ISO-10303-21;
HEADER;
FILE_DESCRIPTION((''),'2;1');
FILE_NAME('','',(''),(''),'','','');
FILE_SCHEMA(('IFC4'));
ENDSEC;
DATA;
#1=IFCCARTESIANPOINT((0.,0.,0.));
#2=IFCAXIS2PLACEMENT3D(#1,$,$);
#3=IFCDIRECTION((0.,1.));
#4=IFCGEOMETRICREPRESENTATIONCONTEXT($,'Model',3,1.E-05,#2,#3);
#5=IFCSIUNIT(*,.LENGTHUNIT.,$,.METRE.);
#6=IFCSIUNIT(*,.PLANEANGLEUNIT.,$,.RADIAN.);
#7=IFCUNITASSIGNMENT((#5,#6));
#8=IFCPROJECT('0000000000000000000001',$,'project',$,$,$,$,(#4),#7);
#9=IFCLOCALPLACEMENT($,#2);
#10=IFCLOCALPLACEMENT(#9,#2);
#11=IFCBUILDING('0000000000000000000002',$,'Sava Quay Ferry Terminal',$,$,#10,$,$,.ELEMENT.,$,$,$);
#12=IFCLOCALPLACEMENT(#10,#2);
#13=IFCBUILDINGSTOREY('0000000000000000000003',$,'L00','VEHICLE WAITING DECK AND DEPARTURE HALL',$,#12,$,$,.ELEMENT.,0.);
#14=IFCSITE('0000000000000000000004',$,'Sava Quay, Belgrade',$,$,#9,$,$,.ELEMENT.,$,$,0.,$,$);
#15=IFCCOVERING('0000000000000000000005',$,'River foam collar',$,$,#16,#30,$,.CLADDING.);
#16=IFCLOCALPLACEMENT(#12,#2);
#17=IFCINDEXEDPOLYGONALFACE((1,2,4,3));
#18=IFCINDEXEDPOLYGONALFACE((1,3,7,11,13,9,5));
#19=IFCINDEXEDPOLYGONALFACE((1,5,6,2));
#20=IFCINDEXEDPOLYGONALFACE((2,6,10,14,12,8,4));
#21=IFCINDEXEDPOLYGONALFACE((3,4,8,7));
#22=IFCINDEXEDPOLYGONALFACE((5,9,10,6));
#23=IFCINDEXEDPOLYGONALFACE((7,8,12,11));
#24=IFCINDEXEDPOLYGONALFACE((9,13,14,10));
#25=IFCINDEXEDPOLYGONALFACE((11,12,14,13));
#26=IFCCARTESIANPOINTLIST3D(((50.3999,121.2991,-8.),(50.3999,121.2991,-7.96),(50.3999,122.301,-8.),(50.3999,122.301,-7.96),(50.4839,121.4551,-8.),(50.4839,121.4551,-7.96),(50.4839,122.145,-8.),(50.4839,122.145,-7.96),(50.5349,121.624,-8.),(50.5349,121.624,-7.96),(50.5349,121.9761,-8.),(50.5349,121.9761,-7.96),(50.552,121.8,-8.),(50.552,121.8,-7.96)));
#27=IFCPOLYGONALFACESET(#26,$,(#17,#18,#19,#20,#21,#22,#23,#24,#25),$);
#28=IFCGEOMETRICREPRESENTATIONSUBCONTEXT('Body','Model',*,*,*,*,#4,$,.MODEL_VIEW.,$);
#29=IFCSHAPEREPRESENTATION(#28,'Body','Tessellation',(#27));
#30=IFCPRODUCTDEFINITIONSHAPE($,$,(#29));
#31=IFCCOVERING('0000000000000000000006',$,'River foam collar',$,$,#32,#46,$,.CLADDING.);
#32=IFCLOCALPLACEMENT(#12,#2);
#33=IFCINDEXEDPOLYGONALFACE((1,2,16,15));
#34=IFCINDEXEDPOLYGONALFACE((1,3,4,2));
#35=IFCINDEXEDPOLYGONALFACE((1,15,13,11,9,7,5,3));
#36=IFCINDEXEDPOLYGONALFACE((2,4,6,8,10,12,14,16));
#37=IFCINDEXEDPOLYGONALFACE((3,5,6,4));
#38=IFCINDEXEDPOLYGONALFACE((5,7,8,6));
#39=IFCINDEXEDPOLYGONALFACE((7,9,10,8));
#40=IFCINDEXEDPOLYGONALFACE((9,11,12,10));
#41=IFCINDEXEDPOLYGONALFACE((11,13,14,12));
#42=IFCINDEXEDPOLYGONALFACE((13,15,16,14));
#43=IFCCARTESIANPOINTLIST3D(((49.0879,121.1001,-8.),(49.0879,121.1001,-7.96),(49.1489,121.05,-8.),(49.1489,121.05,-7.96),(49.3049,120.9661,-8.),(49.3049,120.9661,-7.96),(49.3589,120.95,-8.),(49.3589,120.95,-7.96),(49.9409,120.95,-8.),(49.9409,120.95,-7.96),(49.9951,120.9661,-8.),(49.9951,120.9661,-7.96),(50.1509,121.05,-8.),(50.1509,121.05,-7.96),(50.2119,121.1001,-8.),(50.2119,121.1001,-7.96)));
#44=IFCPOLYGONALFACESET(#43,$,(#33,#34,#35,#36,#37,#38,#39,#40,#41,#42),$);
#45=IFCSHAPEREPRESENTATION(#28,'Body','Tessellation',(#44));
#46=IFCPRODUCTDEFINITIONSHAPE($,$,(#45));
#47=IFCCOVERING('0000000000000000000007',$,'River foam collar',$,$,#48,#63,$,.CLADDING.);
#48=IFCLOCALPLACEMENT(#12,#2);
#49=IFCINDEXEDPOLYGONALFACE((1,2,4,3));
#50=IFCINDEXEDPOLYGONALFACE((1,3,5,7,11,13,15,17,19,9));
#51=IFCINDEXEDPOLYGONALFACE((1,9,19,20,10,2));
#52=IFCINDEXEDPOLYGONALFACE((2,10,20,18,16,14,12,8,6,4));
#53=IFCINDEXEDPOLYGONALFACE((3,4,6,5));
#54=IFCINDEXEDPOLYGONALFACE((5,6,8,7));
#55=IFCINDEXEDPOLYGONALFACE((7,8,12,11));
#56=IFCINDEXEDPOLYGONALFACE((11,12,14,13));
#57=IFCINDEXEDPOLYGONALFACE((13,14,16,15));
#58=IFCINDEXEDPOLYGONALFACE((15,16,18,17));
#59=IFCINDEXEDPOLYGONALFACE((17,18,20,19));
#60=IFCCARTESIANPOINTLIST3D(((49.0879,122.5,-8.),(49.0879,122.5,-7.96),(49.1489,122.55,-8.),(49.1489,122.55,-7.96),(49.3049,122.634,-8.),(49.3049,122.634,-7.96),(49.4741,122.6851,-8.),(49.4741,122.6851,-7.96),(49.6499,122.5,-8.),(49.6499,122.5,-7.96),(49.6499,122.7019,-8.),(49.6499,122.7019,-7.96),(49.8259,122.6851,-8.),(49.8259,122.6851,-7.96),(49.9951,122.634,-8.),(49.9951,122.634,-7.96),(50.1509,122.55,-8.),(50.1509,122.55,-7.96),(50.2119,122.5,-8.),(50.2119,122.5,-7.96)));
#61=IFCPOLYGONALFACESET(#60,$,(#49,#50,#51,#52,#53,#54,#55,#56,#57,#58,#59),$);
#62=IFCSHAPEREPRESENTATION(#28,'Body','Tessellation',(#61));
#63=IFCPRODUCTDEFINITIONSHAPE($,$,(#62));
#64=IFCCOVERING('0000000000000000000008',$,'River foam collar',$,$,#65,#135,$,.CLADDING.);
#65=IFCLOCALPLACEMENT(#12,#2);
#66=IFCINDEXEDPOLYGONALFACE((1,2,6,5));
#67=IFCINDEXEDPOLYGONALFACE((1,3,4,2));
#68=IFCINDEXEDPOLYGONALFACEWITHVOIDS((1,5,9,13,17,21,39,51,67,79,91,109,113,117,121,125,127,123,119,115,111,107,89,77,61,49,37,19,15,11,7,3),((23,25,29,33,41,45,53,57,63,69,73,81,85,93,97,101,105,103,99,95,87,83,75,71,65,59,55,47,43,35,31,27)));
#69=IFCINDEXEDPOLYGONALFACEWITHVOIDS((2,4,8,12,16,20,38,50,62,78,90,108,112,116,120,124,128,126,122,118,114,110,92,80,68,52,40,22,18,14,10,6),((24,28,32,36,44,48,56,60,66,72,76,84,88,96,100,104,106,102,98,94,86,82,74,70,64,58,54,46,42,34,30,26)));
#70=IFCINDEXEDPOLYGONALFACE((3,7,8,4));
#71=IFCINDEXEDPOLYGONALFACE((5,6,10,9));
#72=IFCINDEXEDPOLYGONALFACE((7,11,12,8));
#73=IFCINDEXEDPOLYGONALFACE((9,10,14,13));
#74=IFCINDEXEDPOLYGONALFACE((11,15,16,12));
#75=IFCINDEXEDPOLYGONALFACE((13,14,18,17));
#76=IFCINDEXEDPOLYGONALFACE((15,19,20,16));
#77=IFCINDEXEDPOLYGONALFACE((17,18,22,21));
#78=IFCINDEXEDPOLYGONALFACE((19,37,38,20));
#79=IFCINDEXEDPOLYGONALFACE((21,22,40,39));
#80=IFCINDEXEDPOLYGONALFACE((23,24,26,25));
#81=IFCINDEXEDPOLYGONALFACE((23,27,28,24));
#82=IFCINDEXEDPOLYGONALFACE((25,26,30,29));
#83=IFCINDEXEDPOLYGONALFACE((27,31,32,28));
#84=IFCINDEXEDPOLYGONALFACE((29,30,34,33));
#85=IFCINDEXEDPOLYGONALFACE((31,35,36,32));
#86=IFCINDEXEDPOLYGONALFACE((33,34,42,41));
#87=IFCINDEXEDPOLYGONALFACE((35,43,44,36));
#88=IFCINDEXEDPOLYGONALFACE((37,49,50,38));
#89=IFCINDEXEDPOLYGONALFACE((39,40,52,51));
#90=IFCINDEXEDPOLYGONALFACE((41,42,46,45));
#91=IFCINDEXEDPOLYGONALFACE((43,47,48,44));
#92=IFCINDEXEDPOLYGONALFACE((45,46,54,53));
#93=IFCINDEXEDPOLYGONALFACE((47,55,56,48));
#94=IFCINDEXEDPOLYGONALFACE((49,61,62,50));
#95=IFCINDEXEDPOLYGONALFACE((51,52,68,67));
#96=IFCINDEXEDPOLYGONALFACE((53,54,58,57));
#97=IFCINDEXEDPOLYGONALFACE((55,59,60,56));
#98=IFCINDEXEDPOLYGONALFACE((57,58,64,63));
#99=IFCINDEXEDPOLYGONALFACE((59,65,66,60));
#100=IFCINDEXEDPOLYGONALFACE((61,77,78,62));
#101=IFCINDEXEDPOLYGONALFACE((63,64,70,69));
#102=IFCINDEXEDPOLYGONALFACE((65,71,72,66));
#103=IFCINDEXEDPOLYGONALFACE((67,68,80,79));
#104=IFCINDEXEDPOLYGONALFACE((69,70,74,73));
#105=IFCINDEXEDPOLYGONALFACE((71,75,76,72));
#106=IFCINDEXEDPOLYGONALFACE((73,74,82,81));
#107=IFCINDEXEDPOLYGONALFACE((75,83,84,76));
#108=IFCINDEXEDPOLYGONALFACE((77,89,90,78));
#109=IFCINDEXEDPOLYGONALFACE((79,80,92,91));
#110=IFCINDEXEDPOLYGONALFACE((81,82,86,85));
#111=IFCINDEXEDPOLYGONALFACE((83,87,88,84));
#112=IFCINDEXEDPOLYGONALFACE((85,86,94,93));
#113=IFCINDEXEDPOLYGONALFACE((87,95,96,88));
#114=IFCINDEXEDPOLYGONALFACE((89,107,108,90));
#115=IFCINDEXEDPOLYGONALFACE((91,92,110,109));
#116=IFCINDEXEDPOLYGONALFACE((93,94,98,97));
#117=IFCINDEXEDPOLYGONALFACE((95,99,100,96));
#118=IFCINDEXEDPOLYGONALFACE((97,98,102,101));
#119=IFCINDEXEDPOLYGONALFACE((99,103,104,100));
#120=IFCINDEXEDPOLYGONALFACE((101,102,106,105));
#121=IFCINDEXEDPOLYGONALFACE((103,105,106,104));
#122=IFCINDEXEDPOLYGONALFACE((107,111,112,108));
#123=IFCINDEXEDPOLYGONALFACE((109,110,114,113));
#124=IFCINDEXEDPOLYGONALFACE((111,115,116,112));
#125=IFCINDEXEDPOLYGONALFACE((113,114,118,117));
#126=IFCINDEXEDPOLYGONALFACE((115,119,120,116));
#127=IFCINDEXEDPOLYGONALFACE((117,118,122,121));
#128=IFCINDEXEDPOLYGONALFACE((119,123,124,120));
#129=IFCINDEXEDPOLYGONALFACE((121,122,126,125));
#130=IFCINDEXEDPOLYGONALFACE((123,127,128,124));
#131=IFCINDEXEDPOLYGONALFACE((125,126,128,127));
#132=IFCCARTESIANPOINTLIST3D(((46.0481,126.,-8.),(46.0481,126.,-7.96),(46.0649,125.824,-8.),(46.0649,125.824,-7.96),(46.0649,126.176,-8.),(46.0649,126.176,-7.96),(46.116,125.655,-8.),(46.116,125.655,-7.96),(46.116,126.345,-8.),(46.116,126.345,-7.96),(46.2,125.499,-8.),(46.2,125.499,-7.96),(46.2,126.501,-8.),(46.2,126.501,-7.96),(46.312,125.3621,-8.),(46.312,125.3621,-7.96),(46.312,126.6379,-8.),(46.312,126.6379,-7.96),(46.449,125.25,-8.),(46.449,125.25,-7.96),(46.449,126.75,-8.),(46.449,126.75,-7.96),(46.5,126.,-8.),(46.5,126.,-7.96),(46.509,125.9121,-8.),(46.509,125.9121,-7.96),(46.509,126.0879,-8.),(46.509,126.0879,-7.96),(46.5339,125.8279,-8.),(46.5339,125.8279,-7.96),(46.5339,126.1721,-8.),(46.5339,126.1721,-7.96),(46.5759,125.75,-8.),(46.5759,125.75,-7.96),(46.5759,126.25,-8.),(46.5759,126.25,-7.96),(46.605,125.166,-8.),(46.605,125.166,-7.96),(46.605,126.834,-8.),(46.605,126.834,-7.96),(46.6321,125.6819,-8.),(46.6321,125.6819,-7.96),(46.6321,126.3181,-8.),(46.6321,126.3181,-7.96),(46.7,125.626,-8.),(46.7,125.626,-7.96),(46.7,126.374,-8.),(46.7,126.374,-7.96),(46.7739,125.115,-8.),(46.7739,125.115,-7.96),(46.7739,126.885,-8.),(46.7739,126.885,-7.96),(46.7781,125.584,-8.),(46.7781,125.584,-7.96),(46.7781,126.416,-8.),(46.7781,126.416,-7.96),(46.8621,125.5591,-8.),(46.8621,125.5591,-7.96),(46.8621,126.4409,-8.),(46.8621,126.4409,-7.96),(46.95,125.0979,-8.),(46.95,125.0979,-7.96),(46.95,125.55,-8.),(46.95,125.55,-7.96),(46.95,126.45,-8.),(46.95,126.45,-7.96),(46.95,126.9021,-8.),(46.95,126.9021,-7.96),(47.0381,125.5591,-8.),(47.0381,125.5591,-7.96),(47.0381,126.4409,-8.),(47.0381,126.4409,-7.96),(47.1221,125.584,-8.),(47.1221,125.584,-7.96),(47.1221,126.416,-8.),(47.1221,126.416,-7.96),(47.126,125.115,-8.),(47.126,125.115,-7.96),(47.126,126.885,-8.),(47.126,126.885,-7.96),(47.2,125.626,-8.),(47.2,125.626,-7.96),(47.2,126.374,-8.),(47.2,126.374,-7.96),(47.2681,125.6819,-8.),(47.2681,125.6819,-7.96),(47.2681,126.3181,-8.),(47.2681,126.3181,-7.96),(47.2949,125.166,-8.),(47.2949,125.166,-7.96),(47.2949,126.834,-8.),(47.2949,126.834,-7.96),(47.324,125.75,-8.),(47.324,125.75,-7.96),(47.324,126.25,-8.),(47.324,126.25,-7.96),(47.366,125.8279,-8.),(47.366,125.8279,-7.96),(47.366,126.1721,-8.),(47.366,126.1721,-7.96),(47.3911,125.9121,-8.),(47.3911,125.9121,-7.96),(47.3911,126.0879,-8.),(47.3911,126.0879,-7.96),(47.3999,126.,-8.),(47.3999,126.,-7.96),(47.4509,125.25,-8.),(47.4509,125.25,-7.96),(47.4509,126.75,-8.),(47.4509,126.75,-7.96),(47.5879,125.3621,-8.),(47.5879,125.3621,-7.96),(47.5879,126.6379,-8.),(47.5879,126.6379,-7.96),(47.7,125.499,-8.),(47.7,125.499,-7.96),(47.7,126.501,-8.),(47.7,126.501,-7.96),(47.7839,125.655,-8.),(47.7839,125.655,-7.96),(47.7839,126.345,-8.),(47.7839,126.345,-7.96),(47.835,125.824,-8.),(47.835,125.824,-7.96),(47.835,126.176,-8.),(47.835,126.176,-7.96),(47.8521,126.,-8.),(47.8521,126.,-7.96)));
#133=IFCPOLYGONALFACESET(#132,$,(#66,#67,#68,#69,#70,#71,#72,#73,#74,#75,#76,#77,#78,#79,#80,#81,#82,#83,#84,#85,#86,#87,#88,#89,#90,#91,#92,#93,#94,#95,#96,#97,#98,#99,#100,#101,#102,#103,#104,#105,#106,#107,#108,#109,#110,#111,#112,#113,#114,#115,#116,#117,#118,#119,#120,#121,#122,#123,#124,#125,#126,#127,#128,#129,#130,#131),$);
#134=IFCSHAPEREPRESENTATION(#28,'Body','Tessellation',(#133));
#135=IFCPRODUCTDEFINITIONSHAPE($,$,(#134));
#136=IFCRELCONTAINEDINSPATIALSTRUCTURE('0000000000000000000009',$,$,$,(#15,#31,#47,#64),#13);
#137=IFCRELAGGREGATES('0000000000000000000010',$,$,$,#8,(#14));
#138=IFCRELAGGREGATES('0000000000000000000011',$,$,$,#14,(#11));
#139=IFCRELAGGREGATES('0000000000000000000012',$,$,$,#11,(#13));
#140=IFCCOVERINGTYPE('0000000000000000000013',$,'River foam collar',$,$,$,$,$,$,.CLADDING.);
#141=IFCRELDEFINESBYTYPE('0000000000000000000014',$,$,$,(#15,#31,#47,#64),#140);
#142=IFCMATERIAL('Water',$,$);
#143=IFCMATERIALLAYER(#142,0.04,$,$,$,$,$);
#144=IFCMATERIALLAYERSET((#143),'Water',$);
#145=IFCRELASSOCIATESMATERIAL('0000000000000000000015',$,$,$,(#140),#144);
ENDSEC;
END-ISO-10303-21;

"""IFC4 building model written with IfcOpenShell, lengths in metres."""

from ifc_helpers import new_model, si_unit, direction, frame, origin, place, context, subcontext, project, spatial, polyline, outline, extrude, material, layer, layer_set, type_object, element, save


model = new_model("IFC4")

# Units and contexts
model_context = context("Model", 3, precision=1e-05, world=origin(), true_north=direction((0.0, 1.0)))
body_context = subcontext(model_context, "Body", "Model", "MODEL_VIEW")
ifc_project = project(units=[si_unit("LENGTHUNIT", "METRE"), si_unit("PLANEANGLEUNIT", "RADIAN")], contexts=[model_context])

# Site, building, storey
site_placement = place(None, origin())
site = spatial("IfcSite", under=ifc_project, at=site_placement, Name="Sava Quay, Belgrade", CompositionType="ELEMENT", RefElevation=0.0)
building_placement = place(site_placement, origin())
building = spatial("IfcBuilding", under=site, at=building_placement, Name="Sava Quay Ferry Terminal", CompositionType="ELEMENT")
storey_placement = place(building_placement, origin())
storey = spatial("IfcBuildingStorey", under=building, at=storey_placement, Name="L00", Description="VEHICLE WAITING DECK AND DEPARTURE HALL", CompositionType="ELEMENT", Elevation=0.0)

# Coverings
ifc_material_1 = material(Name="Water")
ifc_layer_1 = layer(ifc_material_1, 0.04)
ifc_layer_set_1 = layer_set([ifc_layer_1], Name="Water")
covering_type_1 = type_object("IfcCoveringType", Name="River foam collar", PredefinedType="CLADDING", material=ifc_layer_set_1)
covering_1_placement = place(storey_placement, frame((0.0, 0.0, -8.0)))
element("IfcCovering", 1, at=covering_1_placement, inside=storey, type_object=covering_type_1, Name="River foam collar", PredefinedType="CLADDING", context=body_context, shape_type="SweptSolid", body=[
    extrude(outline(polyline([(50.5349, 121.624), (50.552, 121.8), (50.5349, 121.9761), (50.4839, 122.145), (50.3999, 122.301), (50.3999, 121.2991), (50.4839, 121.4551), (50.5349, 121.624)])), origin(), (0.0, 0.0, 1.0), 0.04),
])
covering_2_placement = place(storey_placement, frame((0.0, 0.0, -8.0)))
element("IfcCovering", 2, at=covering_2_placement, inside=storey, type_object=covering_type_1, Name="River foam collar", PredefinedType="CLADDING", context=body_context, shape_type="SweptSolid", body=[
    extrude(outline(polyline([(49.0879, 121.1001), (49.1489, 121.05), (49.3049, 120.9661), (49.3589, 120.95), (49.9409, 120.95), (49.9951, 120.9661), (50.1509, 121.05), (50.2119, 121.1001), (49.0879, 121.1001)])), origin(), (0.0, 0.0, 1.0), 0.04),
])
covering_3_placement = place(storey_placement, frame((0.0, 0.0, -8.0)))
element("IfcCovering", 3, at=covering_3_placement, inside=storey, type_object=covering_type_1, Name="River foam collar", PredefinedType="CLADDING", context=body_context, shape_type="SweptSolid", body=[
    extrude(outline(polyline([(50.2119, 122.5), (50.1509, 122.55), (49.9951, 122.634), (49.8259, 122.6851), (49.6499, 122.7019), (49.4741, 122.6851), (49.3049, 122.634), (49.1489, 122.55), (49.0879, 122.5), (49.6499, 122.5), (50.2119, 122.5)])), origin(), (0.0, 0.0, 1.0), 0.04),
])
covering_4_placement = place(storey_placement, frame((0.0, 0.0, -8.0)))
element("IfcCovering", 4, at=covering_4_placement, inside=storey, type_object=covering_type_1, Name="River foam collar", PredefinedType="CLADDING", context=body_context, shape_type="SweptSolid", body=[
    extrude(outline(polyline([(46.449, 125.25), (46.605, 125.166), (46.7739, 125.115), (46.95, 125.0979), (47.126, 125.115), (47.2949, 125.166), (47.4509, 125.25), (47.5879, 125.3621), (47.7, 125.499), (47.7839, 125.655), (47.835, 125.824), (47.8521, 126.0), (47.835, 126.176), (47.7839, 126.345), (47.7, 126.501), (47.5879, 126.6379), (47.4509, 126.75), (47.2949, 126.834), (47.126, 126.885), (46.95, 126.9021), (46.7739, 126.885), (46.605, 126.834), (46.449, 126.75), (46.312, 126.6379), (46.2, 126.501), (46.116, 126.345), (46.0649, 126.176), (46.0481, 126.0), (46.0649, 125.824), (46.116, 125.655), (46.2, 125.499), (46.312, 125.3621), (46.449, 125.25)]), holes=[polyline([(46.7, 126.374), (46.7781, 126.416), (46.8621, 126.4409), (46.95, 126.45), (47.0381, 126.4409), (47.1221, 126.416), (47.2, 126.374), (47.2681, 126.3181), (47.324, 126.25), (47.366, 126.1721), (47.3911, 126.0879), (47.3999, 126.0), (47.3911, 125.9121), (47.366, 125.8279), (47.324, 125.75), (47.2681, 125.6819), (47.2, 125.626), (47.1221, 125.584), (47.0381, 125.5591), (46.95, 125.55), (46.8621, 125.5591), (46.7781, 125.584), (46.7, 125.626), (46.6321, 125.6819), (46.5759, 125.75), (46.5339, 125.8279), (46.509, 125.9121), (46.5, 126.0), (46.509, 126.0879), (46.5339, 126.1721), (46.5759, 126.25), (46.6321, 126.3181), (46.7, 126.374)])]), origin(), (0.0, 0.0, 1.0), 0.04),
])

save(model, "model.ifc")
